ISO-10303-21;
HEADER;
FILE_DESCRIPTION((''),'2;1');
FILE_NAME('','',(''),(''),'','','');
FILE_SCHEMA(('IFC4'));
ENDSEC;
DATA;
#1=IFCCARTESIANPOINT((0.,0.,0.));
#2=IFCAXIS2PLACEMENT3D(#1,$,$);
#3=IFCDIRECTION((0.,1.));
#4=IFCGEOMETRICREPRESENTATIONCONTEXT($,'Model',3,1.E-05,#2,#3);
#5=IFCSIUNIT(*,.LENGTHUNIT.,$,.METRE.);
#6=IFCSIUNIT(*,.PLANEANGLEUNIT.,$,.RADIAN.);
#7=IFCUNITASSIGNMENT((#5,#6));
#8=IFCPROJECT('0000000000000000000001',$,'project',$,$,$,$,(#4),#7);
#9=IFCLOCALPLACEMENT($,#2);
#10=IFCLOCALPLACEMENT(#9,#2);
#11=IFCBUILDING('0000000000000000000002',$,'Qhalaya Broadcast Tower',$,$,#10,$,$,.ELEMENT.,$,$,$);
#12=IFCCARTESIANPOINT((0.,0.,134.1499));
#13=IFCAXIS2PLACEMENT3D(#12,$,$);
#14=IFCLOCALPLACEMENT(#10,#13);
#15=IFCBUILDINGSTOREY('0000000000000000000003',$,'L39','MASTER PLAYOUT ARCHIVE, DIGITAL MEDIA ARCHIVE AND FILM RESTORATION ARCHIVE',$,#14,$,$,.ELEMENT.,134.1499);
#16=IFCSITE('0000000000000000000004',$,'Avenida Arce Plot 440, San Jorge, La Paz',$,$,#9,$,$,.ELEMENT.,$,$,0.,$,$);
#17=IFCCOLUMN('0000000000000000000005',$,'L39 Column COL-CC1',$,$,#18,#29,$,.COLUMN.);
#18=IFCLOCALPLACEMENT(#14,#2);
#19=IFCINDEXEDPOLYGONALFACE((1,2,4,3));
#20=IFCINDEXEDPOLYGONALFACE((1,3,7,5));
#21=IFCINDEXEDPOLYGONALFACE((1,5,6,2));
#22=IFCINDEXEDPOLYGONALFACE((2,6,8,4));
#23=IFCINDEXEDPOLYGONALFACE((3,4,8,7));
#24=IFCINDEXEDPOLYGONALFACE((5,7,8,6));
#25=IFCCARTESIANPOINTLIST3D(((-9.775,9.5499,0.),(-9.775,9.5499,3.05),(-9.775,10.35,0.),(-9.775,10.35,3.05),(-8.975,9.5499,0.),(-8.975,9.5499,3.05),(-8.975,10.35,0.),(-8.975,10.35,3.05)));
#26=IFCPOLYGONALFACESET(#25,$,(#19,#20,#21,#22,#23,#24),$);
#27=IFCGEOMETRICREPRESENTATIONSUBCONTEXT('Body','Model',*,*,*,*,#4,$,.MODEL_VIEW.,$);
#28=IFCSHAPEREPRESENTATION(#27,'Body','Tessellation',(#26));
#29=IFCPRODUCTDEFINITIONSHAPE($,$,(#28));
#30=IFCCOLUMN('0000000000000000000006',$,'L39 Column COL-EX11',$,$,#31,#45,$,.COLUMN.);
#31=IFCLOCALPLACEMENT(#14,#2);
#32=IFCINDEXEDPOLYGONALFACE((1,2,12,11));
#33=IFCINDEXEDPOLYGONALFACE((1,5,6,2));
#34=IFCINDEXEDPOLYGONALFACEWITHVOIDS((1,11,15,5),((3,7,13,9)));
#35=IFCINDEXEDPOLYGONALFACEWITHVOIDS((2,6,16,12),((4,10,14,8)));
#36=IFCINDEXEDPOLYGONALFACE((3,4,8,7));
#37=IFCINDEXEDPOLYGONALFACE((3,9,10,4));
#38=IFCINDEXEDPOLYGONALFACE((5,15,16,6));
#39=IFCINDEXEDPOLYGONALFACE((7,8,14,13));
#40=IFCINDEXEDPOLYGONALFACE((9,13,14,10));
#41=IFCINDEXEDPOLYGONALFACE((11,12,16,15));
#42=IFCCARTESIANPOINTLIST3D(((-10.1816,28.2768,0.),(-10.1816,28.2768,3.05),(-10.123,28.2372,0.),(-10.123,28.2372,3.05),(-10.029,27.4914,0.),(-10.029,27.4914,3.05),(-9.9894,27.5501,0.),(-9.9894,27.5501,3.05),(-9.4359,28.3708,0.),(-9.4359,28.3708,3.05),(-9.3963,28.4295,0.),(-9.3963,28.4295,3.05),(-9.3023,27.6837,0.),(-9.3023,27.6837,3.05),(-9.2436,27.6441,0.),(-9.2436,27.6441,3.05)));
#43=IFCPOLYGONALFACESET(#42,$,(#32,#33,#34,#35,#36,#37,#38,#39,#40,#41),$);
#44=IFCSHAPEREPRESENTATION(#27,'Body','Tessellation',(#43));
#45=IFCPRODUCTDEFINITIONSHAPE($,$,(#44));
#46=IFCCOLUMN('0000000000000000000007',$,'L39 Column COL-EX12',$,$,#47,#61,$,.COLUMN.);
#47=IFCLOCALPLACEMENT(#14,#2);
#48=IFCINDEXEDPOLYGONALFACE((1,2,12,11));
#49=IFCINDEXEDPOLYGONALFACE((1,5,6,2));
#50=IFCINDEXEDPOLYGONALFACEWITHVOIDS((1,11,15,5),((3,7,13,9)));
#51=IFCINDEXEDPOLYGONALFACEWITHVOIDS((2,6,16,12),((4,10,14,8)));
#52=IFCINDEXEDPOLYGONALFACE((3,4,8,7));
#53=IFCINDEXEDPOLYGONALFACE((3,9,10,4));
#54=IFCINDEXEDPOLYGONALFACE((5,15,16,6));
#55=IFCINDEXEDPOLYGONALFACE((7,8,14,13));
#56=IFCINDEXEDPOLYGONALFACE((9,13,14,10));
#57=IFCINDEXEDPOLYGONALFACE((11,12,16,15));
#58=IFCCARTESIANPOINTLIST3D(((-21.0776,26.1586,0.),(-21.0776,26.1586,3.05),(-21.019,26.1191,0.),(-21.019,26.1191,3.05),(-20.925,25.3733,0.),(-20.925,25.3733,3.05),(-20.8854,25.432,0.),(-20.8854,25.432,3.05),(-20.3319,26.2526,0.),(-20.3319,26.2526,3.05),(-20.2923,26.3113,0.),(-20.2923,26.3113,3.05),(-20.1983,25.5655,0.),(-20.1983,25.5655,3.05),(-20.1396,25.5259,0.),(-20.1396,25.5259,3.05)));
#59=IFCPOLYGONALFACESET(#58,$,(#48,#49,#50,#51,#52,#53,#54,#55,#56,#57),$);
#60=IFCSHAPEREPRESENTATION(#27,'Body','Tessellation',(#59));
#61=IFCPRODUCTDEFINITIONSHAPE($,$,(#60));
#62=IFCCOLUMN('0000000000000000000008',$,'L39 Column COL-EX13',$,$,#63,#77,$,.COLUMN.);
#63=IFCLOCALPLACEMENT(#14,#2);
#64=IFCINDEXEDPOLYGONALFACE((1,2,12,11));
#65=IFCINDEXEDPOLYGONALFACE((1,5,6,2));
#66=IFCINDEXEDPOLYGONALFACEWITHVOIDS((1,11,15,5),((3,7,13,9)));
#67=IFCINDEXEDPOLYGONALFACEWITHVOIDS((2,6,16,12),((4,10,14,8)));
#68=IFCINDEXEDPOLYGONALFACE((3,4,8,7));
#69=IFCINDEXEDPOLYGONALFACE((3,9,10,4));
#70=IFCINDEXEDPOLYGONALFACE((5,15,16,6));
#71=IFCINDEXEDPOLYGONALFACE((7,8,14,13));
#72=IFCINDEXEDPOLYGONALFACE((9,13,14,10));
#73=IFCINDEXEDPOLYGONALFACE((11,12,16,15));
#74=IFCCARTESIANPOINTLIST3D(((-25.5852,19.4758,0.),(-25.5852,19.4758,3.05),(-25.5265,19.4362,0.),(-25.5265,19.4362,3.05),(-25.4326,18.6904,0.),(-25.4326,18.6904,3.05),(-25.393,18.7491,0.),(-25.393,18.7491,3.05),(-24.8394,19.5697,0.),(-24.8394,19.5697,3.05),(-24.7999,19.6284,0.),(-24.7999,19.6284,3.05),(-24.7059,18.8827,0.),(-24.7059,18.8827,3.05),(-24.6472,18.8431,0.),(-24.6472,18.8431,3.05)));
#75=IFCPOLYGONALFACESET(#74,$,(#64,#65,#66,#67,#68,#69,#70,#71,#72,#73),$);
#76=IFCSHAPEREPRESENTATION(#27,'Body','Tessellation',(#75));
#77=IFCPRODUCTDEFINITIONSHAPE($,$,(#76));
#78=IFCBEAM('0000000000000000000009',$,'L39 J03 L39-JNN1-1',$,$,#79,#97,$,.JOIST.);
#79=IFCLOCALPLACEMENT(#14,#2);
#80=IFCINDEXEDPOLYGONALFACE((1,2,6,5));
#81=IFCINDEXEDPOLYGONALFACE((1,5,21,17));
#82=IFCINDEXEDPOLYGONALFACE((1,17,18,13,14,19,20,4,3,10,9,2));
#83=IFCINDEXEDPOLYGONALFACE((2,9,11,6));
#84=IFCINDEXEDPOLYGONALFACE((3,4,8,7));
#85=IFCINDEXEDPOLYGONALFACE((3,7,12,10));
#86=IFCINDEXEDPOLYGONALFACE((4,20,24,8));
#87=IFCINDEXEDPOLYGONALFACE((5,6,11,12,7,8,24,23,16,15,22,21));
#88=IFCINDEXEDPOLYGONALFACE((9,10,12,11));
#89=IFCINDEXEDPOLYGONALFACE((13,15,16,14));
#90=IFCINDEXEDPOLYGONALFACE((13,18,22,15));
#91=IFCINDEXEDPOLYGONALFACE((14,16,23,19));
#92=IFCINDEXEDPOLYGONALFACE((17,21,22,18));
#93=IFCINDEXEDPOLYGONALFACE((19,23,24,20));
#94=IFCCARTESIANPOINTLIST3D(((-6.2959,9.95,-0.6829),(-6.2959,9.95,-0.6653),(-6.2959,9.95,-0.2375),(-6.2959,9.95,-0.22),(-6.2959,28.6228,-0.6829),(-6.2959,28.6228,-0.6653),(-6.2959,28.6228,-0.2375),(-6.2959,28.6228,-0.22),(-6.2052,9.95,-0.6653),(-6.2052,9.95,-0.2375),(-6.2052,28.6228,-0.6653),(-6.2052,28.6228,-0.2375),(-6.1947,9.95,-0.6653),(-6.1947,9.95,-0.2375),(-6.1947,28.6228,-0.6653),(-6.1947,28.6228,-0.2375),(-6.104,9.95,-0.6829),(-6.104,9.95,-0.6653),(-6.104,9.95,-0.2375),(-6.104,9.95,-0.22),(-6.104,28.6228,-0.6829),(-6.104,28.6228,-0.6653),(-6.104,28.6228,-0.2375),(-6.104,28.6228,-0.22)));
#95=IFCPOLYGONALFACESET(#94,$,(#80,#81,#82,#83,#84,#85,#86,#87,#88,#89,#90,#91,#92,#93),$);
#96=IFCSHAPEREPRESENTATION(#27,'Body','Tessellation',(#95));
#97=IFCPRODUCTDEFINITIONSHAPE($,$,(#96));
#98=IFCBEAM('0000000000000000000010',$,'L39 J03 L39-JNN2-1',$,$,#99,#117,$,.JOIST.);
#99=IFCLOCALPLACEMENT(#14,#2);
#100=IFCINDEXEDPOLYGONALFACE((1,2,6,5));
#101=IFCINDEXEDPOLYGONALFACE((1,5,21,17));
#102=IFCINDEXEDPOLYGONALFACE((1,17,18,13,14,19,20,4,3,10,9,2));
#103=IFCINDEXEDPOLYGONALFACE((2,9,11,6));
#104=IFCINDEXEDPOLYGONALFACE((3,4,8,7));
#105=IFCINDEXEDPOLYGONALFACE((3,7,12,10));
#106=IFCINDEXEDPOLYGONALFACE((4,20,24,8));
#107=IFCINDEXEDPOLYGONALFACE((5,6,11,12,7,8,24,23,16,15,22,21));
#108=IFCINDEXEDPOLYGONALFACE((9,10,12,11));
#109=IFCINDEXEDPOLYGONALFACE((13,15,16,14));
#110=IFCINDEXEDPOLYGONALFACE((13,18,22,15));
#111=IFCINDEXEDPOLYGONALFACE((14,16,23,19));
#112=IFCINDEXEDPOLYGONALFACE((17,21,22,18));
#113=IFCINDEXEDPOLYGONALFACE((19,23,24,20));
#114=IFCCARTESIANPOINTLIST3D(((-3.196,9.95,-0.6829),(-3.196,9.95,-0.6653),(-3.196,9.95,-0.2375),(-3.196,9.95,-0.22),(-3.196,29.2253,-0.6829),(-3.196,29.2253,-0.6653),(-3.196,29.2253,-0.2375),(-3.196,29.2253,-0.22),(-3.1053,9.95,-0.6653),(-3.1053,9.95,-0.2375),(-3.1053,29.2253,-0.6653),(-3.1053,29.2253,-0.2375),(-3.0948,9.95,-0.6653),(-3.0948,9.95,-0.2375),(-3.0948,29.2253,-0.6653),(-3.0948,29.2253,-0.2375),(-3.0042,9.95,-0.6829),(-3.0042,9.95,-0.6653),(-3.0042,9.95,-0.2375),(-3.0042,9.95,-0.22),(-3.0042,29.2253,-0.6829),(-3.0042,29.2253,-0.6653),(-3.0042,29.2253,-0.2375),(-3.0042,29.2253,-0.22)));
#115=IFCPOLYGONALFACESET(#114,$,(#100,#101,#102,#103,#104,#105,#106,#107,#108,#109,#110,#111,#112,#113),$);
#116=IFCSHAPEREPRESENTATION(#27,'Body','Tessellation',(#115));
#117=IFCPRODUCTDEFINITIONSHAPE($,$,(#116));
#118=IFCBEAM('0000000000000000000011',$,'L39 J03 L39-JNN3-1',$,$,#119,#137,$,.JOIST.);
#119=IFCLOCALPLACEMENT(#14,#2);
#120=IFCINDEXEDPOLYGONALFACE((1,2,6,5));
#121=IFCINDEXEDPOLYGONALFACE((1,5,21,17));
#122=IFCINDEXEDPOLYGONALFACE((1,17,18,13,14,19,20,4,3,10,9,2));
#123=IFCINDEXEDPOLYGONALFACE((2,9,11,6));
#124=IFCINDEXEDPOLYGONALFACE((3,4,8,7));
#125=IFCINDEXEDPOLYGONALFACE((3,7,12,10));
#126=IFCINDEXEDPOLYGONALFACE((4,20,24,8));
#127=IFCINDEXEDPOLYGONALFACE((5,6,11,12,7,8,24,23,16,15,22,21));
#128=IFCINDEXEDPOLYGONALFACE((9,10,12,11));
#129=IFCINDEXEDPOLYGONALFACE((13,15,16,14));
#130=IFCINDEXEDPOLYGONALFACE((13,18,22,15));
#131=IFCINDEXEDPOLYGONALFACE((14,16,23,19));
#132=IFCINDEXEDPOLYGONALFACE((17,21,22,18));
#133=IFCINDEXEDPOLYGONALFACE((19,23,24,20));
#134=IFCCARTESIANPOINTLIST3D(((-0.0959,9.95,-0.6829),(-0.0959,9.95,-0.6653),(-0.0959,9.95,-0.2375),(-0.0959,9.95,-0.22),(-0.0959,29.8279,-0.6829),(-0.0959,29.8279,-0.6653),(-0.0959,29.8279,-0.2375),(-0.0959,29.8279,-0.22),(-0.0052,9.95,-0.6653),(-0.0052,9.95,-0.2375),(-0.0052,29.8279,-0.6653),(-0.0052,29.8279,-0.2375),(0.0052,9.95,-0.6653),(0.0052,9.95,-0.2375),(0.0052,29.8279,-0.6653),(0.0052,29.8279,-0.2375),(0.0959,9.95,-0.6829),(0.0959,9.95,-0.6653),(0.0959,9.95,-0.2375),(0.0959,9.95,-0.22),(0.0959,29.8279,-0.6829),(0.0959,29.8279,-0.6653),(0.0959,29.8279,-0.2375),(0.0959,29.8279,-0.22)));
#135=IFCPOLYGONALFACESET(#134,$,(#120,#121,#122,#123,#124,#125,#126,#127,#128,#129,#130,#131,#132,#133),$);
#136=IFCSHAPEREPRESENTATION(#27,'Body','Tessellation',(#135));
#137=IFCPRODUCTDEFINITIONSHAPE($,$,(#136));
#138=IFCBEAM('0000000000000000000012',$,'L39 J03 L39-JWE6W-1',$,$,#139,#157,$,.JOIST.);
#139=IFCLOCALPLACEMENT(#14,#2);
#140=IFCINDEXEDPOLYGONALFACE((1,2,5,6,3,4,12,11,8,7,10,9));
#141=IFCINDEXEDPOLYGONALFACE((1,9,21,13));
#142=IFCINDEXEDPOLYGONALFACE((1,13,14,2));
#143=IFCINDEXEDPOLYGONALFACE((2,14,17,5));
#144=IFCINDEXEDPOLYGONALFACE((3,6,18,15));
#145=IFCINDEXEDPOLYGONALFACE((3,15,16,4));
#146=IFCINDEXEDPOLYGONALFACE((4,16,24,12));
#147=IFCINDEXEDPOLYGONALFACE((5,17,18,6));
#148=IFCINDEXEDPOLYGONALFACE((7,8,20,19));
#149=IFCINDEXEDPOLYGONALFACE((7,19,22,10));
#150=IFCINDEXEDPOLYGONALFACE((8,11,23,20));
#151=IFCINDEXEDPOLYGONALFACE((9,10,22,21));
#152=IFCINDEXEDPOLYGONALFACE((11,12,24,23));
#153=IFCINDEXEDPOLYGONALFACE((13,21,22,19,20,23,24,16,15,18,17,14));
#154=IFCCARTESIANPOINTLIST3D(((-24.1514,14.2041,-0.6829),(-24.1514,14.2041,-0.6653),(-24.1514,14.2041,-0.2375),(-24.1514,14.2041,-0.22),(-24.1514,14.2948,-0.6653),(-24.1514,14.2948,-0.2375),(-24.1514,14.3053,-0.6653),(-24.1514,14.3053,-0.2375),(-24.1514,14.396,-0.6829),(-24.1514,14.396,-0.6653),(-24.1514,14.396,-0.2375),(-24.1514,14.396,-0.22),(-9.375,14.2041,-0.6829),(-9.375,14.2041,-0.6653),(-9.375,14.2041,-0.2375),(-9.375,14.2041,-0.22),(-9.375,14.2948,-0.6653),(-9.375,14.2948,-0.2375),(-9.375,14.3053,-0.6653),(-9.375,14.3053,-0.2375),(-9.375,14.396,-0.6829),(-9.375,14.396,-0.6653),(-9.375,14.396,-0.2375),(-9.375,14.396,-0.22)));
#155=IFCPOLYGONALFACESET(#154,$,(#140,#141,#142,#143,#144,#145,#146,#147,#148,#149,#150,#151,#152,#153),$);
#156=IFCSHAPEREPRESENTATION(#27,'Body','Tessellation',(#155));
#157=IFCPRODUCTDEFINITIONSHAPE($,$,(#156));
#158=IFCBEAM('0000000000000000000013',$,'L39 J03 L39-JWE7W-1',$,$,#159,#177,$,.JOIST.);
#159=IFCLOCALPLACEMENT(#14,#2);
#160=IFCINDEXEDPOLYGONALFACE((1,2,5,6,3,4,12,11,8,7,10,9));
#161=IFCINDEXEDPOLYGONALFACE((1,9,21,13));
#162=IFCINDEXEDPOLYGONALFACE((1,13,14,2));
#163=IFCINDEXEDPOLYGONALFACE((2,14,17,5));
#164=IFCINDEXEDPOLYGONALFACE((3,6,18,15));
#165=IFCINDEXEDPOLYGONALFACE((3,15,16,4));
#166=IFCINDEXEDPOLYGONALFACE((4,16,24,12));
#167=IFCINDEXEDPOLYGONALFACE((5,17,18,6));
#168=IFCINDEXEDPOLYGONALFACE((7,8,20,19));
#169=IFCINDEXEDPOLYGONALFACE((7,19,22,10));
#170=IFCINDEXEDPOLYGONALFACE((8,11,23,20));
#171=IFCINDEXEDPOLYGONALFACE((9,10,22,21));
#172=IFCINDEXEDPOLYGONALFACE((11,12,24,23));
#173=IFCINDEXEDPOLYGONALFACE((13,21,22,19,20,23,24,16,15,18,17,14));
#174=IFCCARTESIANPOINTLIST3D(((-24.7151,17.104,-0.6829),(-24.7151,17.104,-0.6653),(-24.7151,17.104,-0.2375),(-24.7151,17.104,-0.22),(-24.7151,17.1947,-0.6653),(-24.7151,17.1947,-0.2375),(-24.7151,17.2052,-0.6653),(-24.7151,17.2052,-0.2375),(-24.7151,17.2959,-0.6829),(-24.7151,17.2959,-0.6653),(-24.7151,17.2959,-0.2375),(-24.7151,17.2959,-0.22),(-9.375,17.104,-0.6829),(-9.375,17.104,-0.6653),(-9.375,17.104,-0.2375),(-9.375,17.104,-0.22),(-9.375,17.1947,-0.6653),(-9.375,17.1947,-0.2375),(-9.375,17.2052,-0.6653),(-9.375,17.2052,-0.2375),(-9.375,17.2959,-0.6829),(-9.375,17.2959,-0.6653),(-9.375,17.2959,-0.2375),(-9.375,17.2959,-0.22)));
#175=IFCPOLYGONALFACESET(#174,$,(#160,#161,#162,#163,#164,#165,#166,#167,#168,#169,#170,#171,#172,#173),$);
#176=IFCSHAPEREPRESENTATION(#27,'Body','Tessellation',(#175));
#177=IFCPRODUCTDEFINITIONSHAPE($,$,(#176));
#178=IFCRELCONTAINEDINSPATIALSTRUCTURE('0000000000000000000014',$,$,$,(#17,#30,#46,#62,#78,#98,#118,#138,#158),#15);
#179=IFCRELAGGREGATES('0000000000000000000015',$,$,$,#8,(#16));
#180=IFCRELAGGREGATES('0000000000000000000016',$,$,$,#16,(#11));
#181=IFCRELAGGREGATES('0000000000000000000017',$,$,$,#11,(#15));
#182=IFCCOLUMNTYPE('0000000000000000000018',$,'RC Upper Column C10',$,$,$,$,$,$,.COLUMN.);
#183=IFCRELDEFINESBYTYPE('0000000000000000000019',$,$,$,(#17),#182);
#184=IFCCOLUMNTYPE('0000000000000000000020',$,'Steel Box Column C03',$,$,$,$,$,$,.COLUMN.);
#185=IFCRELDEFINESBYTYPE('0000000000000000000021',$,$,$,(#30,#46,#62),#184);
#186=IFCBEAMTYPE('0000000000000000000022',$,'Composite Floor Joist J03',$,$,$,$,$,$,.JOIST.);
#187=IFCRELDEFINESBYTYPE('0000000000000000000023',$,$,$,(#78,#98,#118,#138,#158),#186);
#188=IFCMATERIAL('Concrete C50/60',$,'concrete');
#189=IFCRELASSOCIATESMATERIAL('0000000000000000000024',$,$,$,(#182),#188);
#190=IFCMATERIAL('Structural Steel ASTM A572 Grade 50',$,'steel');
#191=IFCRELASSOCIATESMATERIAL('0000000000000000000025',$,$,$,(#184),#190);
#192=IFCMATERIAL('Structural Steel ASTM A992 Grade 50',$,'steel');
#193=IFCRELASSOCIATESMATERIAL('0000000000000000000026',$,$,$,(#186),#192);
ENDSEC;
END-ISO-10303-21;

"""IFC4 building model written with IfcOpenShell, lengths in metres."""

from ifc_helpers import new_model, si_unit, direction, frame, origin, origin_2d, place, context, subcontext, project, spatial, rectangle, hollow_rectangle, i_section, extrude, material, material_profile, profile_set, type_object, element, save


model = new_model("IFC4")

# Units and contexts
model_context = context("Model", 3, precision=1e-05, world=origin(), true_north=direction((0.0, 1.0)))
body_context = subcontext(model_context, "Body", "Model", "MODEL_VIEW")
ifc_project = project(units=[si_unit("LENGTHUNIT", "METRE"), si_unit("PLANEANGLEUNIT", "RADIAN")], contexts=[model_context])

# Site, building, storey
site_placement = place(None, origin())
site = spatial("IfcSite", under=ifc_project, at=site_placement, Name="Avenida Arce Plot 440, San Jorge, La Paz", CompositionType="ELEMENT", RefElevation=0.0)
building_placement = place(site_placement, origin())
building = spatial("IfcBuilding", under=site, at=building_placement, Name="Qhalaya Broadcast Tower", CompositionType="ELEMENT")
storey_placement = place(building_placement, frame((0.0, 0.0, 134.1499)))
storey = spatial("IfcBuildingStorey", under=building, at=storey_placement, Name="L39", Description="MASTER PLAYOUT ARCHIVE, DIGITAL MEDIA ARCHIVE AND FILM RESTORATION ARCHIVE", CompositionType="ELEMENT", Elevation=134.1499)

# Columns
ifc_material_1 = material(Name="Concrete C50/60", Category="concrete")
ifc_material_profile_1 = material_profile(ifc_material_1, rectangle(XDim=0.8, YDim=0.8, at=origin_2d()), Name="RC-COL 800x800")
ifc_profile_set_1 = profile_set([ifc_material_profile_1], Name="Concrete C50/60")
column_type_1 = type_object("IfcColumnType", Name="RC Upper Column C10", PredefinedType="COLUMN", material=ifc_profile_set_1)
column_placement = place(storey_placement, frame((-9.375, 9.95, 0.0), z_axis=(0.0, 0.0, 1.0), x_axis=(1.0, 0.0, 0.0)))
element("IfcColumn", 1, at=column_placement, inside=storey, type_object=column_type_1, Name="L39 Column COL-CC1", PredefinedType="COLUMN", context=body_context, shape_type="SweptSolid", body=[
    extrude(rectangle(XDim=0.8, YDim=0.8, at=origin_2d()), origin(), (0.0, 0.0, 1.0), 3.05),
])
ifc_material_2 = material(Name="Structural Steel ASTM A572 Grade 50", Category="steel")
ifc_material_profile_2 = material_profile(ifc_material_2, hollow_rectangle(XDim=0.8, YDim=0.8, WallThickness=0.05, at=origin_2d()), Name="BOX 800x800x50")
ifc_profile_set_2 = profile_set([ifc_material_profile_2], Name="Structural Steel ASTM A572 Grade 50")
column_type_2 = type_object("IfcColumnType", Name="Steel Box Column C03", PredefinedType="COLUMN", material=ifc_profile_set_2)
for number, where, z_axis, x_axis, name in (
    (2, (-9.7126, 27.9604, 0.0), (0.0, 0.0, 1.0), (0.981627, 0.190809, 0.0), "L39 Column COL-EX11"),
    (3, (-20.6086, 25.8423, 0.0), (0.0, 0.0, 1.0), (0.981627, 0.190809, 0.0), "L39 Column COL-EX12"),
    (4, (-25.1162, 19.1594, 0.0), (0.0, 0.0, 1.0), (-0.190809, 0.981627, 0.0), "L39 Column COL-EX13"),
):
    element("IfcColumn", number, at=place(storey_placement, frame(where, z_axis=z_axis, x_axis=x_axis)), inside=storey, type_object=column_type_2, Name=name, PredefinedType="COLUMN", context=body_context, shape_type="SweptSolid", body=[
        extrude(hollow_rectangle(XDim=0.8, YDim=0.8, WallThickness=0.05, at=origin_2d()), origin(), (0.0, 0.0, 1.0), 3.05),
    ])

# Beams
ifc_material_3 = material(Name="Structural Steel ASTM A992 Grade 50", Category="steel")
ifc_material_profile_3 = material_profile(ifc_material_3, i_section(OverallWidth=0.1919, OverallDepth=0.4629, WebThickness=0.0105, FlangeThickness=0.0176, at=origin_2d()), Name="W18X60")
ifc_profile_set_3 = profile_set([ifc_material_profile_3], Name="Structural Steel ASTM A992 Grade 50")
beam_type_1 = type_object("IfcBeamType", Name="Composite Floor Joist J03", PredefinedType="JOIST", material=ifc_profile_set_3)
beam_1_placement = place(storey_placement, frame((-6.2, 9.95, -0.4514), z_axis=(0.0, 1.0, 0.0), x_axis=(-1.0, 0.0, 0.0)))
element("IfcBeam", 5, at=beam_1_placement, inside=storey, type_object=beam_type_1, Name="L39 J03 L39-JNN1-1", PredefinedType="JOIST", context=body_context, shape_type="SweptSolid", body=[
    extrude(i_section(OverallWidth=0.1919, OverallDepth=0.4629, WebThickness=0.0105, FlangeThickness=0.0176, at=origin_2d()), origin(), (0.0, 0.0, 1.0), 18.6729),
])
beam_2_placement = place(storey_placement, frame((-3.1001, 9.95, -0.4514), z_axis=(0.0, 1.0, 0.0), x_axis=(-1.0, 0.0, 0.0)))
element("IfcBeam", 6, at=beam_2_placement, inside=storey, type_object=beam_type_1, Name="L39 J03 L39-JNN2-1", PredefinedType="JOIST", context=body_context, shape_type="SweptSolid", body=[
    extrude(i_section(OverallWidth=0.1919, OverallDepth=0.4629, WebThickness=0.0105, FlangeThickness=0.0176, at=origin_2d()), origin(), (0.0, 0.0, 1.0), 19.2754),
])
beam_3_placement = place(storey_placement, frame((0.0, 9.95, -0.4514), z_axis=(0.0, 1.0, 0.0), x_axis=(-1.0, 0.0, 0.0)))
element("IfcBeam", 7, at=beam_3_placement, inside=storey, type_object=beam_type_1, Name="L39 J03 L39-JNN3-1", PredefinedType="JOIST", context=body_context, shape_type="SweptSolid", body=[
    extrude(i_section(OverallWidth=0.1919, OverallDepth=0.4629, WebThickness=0.0105, FlangeThickness=0.0176, at=origin_2d()), origin(), (0.0, 0.0, 1.0), 19.8779),
])
beam_4_placement = place(storey_placement, frame((-24.1514, 14.3, -0.4514), z_axis=(1.0, 0.0, 0.0), x_axis=(0.0, 1.0, 0.0)))
element("IfcBeam", 8, at=beam_4_placement, inside=storey, type_object=beam_type_1, Name="L39 J03 L39-JWE6W-1", PredefinedType="JOIST", context=body_context, shape_type="SweptSolid", body=[
    extrude(i_section(OverallWidth=0.1919, OverallDepth=0.4629, WebThickness=0.0105, FlangeThickness=0.0176, at=origin_2d()), origin(), (0.0, 0.0, 1.0), 14.7764),
])
beam_5_placement = place(storey_placement, frame((-24.7151, 17.2, -0.4514), z_axis=(1.0, 0.0, 0.0), x_axis=(0.0, 1.0, 0.0)))
element("IfcBeam", 9, at=beam_5_placement, inside=storey, type_object=beam_type_1, Name="L39 J03 L39-JWE7W-1", PredefinedType="JOIST", context=body_context, shape_type="SweptSolid", body=[
    extrude(i_section(OverallWidth=0.1919, OverallDepth=0.4629, WebThickness=0.0105, FlangeThickness=0.0176, at=origin_2d()), origin(), (0.0, 0.0, 1.0), 15.3401),
])

save(model, "model.ifc")
